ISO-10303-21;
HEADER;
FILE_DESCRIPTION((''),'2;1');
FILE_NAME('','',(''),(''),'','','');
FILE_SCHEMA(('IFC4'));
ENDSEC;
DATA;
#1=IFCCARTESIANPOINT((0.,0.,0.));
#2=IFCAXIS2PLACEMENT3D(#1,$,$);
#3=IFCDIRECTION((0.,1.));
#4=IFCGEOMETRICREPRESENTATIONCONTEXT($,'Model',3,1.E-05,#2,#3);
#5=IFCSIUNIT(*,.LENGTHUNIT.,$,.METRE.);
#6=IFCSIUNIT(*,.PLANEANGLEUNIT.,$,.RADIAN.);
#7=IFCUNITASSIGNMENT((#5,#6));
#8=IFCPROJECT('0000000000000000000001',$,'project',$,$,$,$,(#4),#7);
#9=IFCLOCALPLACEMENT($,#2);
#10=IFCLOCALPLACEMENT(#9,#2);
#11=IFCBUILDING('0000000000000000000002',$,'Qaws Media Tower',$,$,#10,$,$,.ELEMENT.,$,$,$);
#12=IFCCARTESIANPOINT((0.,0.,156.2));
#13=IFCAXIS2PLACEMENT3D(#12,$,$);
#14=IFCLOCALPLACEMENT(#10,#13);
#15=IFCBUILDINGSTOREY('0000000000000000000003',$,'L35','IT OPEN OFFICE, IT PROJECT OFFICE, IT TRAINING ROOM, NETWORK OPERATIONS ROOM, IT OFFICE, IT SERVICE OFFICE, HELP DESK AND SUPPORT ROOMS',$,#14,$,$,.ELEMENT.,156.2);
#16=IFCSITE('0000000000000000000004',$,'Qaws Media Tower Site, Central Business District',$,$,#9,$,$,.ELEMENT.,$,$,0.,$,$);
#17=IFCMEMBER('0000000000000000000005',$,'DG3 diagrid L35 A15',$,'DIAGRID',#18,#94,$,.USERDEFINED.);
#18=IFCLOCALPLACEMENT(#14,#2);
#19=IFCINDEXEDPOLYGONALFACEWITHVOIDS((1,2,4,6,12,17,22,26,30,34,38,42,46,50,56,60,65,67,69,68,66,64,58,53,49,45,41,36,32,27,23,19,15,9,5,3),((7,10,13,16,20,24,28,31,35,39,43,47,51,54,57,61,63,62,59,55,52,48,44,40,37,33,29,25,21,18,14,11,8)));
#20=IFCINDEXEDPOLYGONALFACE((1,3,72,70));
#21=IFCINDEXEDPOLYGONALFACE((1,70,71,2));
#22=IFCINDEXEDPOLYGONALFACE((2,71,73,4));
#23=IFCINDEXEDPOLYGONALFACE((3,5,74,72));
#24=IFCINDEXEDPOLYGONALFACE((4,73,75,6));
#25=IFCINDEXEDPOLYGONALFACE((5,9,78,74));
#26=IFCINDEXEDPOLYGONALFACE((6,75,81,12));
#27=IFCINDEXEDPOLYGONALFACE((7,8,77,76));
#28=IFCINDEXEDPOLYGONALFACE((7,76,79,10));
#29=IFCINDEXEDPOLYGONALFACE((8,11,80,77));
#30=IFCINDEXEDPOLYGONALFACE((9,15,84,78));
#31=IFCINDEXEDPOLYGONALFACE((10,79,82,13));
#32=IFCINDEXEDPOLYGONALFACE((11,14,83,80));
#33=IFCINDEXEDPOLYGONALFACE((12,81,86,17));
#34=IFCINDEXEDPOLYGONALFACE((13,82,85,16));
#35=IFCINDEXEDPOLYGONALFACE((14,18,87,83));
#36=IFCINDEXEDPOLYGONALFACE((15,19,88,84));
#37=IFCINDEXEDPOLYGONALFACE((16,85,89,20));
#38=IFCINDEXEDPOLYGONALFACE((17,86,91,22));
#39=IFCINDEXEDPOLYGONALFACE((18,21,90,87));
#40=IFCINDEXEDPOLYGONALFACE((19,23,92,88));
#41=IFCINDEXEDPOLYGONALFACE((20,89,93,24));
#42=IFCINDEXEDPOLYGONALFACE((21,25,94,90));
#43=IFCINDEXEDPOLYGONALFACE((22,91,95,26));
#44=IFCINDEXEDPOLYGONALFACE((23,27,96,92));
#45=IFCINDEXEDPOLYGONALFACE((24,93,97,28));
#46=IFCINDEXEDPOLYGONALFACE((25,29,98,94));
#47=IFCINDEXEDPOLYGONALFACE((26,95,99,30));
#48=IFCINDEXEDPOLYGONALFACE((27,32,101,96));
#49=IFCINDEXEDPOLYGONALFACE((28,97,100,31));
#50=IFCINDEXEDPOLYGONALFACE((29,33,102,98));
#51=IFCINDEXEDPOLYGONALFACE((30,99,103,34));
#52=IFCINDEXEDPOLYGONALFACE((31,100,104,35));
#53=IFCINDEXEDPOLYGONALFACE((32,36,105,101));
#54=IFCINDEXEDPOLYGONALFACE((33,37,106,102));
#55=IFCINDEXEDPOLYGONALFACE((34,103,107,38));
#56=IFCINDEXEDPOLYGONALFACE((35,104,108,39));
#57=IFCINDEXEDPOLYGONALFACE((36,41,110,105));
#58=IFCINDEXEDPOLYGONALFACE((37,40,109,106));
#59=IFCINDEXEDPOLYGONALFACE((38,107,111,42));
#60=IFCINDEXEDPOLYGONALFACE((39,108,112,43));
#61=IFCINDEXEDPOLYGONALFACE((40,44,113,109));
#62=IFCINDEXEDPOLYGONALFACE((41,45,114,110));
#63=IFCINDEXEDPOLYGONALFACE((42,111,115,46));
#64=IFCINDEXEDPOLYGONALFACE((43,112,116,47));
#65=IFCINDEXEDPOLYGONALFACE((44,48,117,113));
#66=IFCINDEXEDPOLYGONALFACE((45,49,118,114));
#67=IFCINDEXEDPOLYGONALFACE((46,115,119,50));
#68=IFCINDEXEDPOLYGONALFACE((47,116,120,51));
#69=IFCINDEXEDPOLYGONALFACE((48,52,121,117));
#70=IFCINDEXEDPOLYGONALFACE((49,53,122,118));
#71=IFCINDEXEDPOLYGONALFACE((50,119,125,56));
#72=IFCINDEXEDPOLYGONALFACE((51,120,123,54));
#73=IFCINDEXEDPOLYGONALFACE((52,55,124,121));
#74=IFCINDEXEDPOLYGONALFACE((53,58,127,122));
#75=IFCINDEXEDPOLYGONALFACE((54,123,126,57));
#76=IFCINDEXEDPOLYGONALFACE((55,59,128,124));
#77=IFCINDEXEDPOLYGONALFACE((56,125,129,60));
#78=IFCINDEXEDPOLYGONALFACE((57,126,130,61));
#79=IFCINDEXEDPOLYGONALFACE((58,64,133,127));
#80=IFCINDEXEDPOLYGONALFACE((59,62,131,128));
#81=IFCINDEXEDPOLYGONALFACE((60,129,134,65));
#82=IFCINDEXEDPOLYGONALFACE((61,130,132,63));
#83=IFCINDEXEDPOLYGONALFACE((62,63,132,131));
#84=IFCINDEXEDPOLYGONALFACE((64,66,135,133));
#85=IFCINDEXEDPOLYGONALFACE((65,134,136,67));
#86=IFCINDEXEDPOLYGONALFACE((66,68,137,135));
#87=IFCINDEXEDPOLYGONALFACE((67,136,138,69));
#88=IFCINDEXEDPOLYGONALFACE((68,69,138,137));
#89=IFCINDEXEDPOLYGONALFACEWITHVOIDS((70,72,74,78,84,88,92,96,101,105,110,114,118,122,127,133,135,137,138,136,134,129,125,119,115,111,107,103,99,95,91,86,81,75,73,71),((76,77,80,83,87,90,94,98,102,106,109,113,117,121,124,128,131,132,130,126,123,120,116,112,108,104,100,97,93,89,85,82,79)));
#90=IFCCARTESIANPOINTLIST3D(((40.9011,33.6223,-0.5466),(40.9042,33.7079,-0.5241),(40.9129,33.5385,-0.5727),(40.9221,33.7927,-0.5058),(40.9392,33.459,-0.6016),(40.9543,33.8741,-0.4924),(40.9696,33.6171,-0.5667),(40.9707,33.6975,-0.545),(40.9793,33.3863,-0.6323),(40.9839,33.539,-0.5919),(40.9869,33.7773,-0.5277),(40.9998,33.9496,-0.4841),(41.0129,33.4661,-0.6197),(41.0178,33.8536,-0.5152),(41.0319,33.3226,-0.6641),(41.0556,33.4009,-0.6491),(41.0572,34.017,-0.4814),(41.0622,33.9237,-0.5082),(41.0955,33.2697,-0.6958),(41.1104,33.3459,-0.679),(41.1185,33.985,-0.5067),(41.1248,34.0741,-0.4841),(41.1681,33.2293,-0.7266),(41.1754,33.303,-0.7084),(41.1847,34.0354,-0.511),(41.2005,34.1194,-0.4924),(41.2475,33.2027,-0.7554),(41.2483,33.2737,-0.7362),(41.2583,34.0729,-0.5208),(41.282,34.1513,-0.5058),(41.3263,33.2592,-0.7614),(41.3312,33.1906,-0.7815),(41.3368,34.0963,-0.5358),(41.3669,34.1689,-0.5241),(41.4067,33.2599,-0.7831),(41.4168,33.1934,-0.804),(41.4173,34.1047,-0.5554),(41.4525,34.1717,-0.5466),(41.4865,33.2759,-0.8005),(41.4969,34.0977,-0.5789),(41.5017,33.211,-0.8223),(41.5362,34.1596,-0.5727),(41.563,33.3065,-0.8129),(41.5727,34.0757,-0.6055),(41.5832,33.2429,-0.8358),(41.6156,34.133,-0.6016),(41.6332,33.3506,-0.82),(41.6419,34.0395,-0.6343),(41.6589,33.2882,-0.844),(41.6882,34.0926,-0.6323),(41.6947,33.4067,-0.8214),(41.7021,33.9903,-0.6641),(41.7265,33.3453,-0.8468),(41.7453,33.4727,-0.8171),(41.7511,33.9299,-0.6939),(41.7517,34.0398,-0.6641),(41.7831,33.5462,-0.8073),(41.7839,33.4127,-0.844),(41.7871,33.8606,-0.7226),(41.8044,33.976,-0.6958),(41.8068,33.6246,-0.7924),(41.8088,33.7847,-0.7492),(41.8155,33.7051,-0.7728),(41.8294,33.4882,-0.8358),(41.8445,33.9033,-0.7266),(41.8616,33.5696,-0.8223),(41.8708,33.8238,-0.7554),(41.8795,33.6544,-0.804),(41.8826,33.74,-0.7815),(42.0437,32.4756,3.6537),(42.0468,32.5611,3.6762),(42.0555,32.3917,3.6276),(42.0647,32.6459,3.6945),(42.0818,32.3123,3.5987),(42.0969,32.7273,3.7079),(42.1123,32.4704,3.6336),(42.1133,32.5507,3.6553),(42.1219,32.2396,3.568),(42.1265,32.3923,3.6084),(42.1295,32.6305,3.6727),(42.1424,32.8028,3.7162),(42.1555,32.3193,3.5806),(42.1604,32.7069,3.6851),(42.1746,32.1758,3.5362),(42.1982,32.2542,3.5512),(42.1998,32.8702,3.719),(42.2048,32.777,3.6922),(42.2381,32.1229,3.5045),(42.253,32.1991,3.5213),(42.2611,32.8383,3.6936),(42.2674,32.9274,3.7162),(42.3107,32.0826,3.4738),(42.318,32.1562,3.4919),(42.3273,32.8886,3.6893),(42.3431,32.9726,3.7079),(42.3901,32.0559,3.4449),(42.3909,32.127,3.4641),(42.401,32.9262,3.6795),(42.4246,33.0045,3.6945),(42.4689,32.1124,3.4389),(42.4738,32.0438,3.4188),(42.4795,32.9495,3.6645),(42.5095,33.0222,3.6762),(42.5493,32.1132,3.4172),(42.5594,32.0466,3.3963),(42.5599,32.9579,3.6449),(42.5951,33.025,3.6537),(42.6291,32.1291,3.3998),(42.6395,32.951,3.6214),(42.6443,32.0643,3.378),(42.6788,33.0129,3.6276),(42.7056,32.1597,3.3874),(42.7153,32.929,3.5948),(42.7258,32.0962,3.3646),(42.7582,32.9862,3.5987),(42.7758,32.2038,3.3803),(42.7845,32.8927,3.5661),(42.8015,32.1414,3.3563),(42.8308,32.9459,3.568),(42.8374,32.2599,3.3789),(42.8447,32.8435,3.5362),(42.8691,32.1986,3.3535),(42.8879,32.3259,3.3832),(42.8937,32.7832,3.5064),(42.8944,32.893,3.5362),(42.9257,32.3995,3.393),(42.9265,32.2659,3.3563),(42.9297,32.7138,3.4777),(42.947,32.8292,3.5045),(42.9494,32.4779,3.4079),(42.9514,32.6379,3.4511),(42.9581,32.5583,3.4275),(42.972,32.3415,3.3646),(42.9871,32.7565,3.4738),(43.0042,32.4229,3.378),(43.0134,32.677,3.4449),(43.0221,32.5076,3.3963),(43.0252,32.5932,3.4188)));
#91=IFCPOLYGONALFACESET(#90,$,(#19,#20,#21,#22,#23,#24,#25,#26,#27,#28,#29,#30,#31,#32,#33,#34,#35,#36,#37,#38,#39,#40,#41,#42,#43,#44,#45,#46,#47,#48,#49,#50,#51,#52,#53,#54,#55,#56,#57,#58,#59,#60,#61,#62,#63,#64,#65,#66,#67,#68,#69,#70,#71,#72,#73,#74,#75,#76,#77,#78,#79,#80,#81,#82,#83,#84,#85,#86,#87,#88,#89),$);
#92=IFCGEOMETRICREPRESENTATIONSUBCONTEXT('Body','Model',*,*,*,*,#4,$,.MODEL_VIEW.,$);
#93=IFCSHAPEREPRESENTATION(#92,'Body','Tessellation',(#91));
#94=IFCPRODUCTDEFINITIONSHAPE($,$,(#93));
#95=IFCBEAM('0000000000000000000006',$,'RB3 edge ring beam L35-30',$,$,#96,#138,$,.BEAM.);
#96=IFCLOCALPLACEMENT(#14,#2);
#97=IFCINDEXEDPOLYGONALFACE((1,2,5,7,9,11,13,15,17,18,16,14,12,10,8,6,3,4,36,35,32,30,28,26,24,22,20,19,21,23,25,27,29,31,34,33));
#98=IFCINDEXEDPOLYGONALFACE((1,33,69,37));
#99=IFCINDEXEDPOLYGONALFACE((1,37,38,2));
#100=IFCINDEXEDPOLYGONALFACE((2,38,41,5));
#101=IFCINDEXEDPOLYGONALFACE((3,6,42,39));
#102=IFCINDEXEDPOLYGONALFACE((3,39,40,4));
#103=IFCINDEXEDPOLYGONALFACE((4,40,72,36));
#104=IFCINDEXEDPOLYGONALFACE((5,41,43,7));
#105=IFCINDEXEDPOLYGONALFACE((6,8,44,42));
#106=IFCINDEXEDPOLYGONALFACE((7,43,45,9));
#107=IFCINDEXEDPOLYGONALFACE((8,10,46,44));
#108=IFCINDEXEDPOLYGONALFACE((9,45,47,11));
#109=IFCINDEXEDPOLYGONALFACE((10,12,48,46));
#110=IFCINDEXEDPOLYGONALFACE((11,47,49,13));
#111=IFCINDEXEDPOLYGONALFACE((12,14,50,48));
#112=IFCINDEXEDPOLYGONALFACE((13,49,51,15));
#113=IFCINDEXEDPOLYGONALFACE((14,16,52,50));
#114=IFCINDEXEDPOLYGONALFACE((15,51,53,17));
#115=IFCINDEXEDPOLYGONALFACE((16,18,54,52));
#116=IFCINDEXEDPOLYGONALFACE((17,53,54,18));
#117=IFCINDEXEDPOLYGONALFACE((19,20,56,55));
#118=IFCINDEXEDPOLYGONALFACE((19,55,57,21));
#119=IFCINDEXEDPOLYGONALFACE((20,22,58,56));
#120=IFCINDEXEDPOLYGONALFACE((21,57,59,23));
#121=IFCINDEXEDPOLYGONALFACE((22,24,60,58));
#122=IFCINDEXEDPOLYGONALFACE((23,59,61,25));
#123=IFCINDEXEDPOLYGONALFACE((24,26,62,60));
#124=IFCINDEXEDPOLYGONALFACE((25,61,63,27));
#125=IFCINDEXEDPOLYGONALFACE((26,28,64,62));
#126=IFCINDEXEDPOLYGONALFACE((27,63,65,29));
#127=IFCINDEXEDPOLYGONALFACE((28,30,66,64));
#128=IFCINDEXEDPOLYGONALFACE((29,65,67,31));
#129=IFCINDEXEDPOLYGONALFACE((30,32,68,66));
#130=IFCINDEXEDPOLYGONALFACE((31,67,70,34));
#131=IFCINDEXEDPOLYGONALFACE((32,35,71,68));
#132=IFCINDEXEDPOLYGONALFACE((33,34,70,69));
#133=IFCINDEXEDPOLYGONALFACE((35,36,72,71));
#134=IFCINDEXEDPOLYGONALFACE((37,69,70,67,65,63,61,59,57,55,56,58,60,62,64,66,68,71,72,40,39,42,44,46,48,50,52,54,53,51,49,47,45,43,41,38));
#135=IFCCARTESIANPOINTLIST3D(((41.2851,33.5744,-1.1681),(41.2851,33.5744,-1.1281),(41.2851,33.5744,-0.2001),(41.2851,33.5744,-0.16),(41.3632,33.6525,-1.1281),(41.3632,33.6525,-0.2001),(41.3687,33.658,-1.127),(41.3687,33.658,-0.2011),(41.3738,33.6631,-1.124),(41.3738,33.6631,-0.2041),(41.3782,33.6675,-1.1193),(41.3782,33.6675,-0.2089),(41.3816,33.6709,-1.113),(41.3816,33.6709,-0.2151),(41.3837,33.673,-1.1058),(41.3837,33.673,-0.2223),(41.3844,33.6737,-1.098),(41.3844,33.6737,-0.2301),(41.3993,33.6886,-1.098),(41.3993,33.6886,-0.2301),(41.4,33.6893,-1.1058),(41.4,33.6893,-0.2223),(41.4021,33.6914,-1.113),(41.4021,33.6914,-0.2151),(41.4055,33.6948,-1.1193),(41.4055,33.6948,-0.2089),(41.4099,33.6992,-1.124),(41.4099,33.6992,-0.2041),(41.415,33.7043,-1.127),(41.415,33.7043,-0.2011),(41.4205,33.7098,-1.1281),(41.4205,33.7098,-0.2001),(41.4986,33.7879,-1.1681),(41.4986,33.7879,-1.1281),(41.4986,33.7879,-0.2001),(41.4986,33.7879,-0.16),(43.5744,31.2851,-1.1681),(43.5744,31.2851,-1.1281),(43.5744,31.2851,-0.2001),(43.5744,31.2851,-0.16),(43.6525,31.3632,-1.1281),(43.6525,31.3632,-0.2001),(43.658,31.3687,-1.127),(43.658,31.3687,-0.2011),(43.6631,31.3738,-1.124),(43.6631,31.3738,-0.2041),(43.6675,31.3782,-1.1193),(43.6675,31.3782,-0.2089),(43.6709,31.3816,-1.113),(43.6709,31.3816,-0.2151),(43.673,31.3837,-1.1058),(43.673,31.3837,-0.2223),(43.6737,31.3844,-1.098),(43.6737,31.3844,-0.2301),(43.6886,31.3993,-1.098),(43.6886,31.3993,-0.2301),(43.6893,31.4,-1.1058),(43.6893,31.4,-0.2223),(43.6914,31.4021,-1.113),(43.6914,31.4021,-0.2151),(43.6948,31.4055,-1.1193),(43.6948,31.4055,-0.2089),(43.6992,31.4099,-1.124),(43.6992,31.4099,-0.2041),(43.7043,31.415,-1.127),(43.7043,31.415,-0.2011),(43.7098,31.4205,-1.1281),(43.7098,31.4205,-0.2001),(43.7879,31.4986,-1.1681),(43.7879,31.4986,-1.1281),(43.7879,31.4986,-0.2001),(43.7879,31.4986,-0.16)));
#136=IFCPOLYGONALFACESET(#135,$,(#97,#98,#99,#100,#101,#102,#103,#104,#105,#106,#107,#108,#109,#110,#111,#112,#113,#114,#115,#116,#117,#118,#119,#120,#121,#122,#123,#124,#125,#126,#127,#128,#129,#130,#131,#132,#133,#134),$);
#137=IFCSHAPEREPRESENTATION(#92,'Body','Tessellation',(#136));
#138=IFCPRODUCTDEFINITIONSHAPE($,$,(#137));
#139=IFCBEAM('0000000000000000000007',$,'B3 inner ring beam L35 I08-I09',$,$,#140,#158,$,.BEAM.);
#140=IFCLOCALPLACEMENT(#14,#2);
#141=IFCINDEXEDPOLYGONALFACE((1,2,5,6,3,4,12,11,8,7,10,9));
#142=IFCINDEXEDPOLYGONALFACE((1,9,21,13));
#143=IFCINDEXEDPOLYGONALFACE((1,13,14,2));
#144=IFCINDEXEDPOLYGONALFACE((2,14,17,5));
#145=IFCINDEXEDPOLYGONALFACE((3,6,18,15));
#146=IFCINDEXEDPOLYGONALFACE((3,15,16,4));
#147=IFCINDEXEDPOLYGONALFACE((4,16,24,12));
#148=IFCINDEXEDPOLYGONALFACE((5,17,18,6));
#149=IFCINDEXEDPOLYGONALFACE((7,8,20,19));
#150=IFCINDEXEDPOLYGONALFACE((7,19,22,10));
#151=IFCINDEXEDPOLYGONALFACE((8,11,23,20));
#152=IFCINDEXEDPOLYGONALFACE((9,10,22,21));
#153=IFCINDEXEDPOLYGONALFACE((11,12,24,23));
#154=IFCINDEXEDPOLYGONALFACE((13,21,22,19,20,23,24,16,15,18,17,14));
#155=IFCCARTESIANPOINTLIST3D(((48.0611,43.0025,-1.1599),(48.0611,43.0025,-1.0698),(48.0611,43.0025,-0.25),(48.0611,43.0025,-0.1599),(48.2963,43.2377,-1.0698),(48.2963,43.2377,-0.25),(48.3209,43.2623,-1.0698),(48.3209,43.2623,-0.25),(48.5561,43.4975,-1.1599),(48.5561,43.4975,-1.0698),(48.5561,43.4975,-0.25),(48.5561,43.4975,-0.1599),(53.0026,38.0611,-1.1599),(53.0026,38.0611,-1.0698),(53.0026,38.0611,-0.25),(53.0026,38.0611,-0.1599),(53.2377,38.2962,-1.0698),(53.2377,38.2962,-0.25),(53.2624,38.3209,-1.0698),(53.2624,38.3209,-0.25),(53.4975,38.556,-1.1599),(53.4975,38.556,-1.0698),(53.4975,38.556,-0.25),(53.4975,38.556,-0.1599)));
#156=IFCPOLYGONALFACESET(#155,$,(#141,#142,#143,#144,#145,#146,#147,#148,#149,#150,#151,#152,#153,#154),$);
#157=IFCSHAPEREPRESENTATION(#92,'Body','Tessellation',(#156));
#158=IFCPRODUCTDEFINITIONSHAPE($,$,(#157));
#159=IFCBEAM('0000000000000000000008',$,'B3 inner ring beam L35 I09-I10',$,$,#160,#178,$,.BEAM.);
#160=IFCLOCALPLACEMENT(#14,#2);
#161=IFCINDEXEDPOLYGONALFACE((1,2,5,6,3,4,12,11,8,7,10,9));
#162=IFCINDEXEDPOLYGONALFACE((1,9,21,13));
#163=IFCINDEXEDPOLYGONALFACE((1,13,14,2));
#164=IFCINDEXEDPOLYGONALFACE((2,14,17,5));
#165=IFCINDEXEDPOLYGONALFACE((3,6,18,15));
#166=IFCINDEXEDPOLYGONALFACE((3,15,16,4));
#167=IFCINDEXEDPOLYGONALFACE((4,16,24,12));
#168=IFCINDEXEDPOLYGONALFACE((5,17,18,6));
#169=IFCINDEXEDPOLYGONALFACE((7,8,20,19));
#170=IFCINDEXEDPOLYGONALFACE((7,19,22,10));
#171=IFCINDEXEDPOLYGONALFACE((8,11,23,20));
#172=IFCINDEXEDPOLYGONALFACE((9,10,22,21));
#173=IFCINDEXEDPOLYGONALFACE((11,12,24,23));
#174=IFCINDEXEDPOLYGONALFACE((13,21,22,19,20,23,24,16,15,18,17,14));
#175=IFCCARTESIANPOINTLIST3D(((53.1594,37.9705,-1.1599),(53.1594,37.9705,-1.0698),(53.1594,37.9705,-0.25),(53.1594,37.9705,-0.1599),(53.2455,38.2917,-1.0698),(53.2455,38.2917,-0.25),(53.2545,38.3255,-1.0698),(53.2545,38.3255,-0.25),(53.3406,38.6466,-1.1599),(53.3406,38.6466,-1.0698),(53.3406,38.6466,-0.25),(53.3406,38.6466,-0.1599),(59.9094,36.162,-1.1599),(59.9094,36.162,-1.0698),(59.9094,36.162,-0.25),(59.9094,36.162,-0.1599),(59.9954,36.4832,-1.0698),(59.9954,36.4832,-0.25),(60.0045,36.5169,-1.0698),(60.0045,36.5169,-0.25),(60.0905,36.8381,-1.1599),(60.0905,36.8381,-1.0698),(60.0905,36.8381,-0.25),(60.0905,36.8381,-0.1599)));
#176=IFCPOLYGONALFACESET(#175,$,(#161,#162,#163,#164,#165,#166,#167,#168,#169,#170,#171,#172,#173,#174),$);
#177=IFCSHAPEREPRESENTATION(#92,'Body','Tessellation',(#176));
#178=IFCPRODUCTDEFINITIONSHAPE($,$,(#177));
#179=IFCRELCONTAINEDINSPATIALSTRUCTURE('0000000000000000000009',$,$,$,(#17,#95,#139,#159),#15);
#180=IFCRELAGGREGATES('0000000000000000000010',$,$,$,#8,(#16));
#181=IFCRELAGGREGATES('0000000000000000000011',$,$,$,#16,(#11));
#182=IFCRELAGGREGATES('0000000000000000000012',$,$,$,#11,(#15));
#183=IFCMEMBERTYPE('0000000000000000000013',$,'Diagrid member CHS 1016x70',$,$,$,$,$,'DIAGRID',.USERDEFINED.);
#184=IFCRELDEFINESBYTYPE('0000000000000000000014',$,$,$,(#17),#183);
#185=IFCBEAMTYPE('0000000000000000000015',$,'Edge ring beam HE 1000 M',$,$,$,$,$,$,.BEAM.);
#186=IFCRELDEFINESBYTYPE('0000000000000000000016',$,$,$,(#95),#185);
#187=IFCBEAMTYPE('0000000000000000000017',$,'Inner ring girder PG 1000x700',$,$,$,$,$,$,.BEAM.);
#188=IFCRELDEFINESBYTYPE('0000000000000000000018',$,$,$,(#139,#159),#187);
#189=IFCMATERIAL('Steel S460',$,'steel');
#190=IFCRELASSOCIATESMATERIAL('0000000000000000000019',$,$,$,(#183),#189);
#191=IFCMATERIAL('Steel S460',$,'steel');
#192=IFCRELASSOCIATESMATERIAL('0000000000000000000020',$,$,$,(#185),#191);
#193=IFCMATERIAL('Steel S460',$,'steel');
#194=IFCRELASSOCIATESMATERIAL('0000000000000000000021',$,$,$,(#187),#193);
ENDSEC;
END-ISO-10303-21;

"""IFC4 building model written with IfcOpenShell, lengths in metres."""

from ifc_helpers import new_model, si_unit, direction, frame, origin, origin_2d, place, context, subcontext, project, spatial, hollow_circle, i_section, extrude, material, material_profile, profile_set, type_object, element, save


model = new_model("IFC4")

# Units and contexts
model_context = context("Model", 3, precision=1e-05, world=origin(), true_north=direction((0.0, 1.0)))
body_context = subcontext(model_context, "Body", "Model", "MODEL_VIEW")
ifc_project = project(units=[si_unit("LENGTHUNIT", "METRE"), si_unit("PLANEANGLEUNIT", "RADIAN")], contexts=[model_context])

# Site, building, storey
site_placement = place(None, origin())
site = spatial("IfcSite", under=ifc_project, at=site_placement, Name="Qaws Media Tower Site, Central Business District", CompositionType="ELEMENT", RefElevation=0.0)
building_placement = place(site_placement, origin())
building = spatial("IfcBuilding", under=site, at=building_placement, Name="Qaws Media Tower", CompositionType="ELEMENT")
storey_placement = place(building_placement, frame((0.0, 0.0, 156.2)))
storey = spatial("IfcBuildingStorey", under=building, at=storey_placement, Name="L35", Description="IT OPEN OFFICE, IT PROJECT OFFICE, IT TRAINING ROOM, NETWORK OPERATIONS ROOM, IT OFFICE, IT SERVICE OFFICE, HELP DESK AND SUPPORT ROOMS", CompositionType="ELEMENT", Elevation=156.2)

# Member
ifc_material_1 = material(Name="Steel S460", Category="steel")
ifc_material_profile_1 = material_profile(ifc_material_1, hollow_circle(Radius=0.5081, WallThickness=0.0701, at=origin_2d()), Name="CHS 1016x70")
ifc_profile_set_1 = profile_set([ifc_material_profile_1], Name="Steel S460")
member_type_1 = type_object("IfcMemberType", Name="Diagrid member CHS 1016x70", ElementType="DIAGRID", PredefinedType="USERDEFINED", material=ifc_profile_set_1)
member_1_placement = place(storey_placement, frame((41.3918, 33.6812, -0.6641), z_axis=(0.25383, -0.254752, 0.933098), x_axis=(0.708388, 0.705824, 0.0)))
element("IfcMember", 1, at=member_1_placement, inside=storey, type_object=member_type_1, Name="DG3 diagrid L35 A15", ObjectType="DIAGRID", PredefinedType="USERDEFINED", context=body_context, shape_type="SweptSolid", body=[
    extrude(hollow_circle(Radius=0.5081, WallThickness=0.0701, at=origin_2d()), origin(), (0.0, 0.0, 1.0), 4.5015),
])

# Beams
ifc_material_2 = material(Name="Steel S460", Category="steel")
ifc_material_profile_2 = material_profile(ifc_material_2, i_section(OverallWidth=0.302, OverallDepth=1.0081, WebThickness=0.021, FlangeThickness=0.04, FilletRadius=0.03, at=origin_2d()), Name="HE 1000 M")
ifc_profile_set_2 = profile_set([ifc_material_profile_2], Name="Steel S460")
beam_type_1 = type_object("IfcBeamType", Name="Edge ring beam HE 1000 M", PredefinedType="BEAM", material=ifc_profile_set_2)
beam_1_placement = place(storey_placement, frame((41.3918, 33.6812, -0.6641), z_axis=(0.707107, -0.707107, 0.0), x_axis=(0.707107, 0.707107, 0.0)))
element("IfcBeam", 2, at=beam_1_placement, inside=storey, type_object=beam_type_1, Name="RB3 edge ring beam L35-30", PredefinedType="BEAM", context=body_context, shape_type="SweptSolid", body=[
    extrude(i_section(OverallWidth=0.302, OverallDepth=1.0081, WebThickness=0.021, FlangeThickness=0.04, FilletRadius=0.03, at=origin_2d()), origin(), (0.0, 0.0, 1.0), 3.2375),
])
ifc_material_3 = material(Name="Steel S460", Category="steel")
ifc_material_profile_3 = material_profile(ifc_material_3, i_section(OverallWidth=0.7, OverallDepth=1.0, WebThickness=0.0349, FlangeThickness=0.0901, at=origin_2d()), Name="PG 1000x700")
ifc_profile_set_3 = profile_set([ifc_material_profile_3], Name="Steel S460")
beam_type_2 = type_object("IfcBeamType", Name="Inner ring girder PG 1000x700", PredefinedType="BEAM", material=ifc_profile_set_3)
beam_2_placement = place(storey_placement, frame((48.3086, 43.25, -0.6599), z_axis=(0.707107, -0.707107, 0.0), x_axis=(0.707107, 0.707107, 0.0)))
element("IfcBeam", 3, at=beam_2_placement, inside=storey, type_object=beam_type_2, Name="B3 inner ring beam L35 I08-I09", PredefinedType="BEAM", context=body_context, shape_type="SweptSolid", body=[
    extrude(i_section(OverallWidth=0.7, OverallDepth=1.0, WebThickness=0.0349, FlangeThickness=0.0901, at=origin_2d()), origin(), (0.0, 0.0, 1.0), 6.9883),
])
beam_3_placement = place(storey_placement, frame((53.25, 38.3086, -0.6599), z_axis=(0.965928, -0.258811, 0.0), x_axis=(0.258811, 0.965928, 0.0)))
element("IfcBeam", 4, at=beam_3_placement, inside=storey, type_object=beam_type_2, Name="B3 inner ring beam L35 I09-I10", PredefinedType="BEAM", context=body_context, shape_type="SweptSolid", body=[
    extrude(i_section(OverallWidth=0.7, OverallDepth=1.0, WebThickness=0.0349, FlangeThickness=0.0901, at=origin_2d()), origin(), (0.0, 0.0, 1.0), 6.988),
])

save(model, "model.ifc")
